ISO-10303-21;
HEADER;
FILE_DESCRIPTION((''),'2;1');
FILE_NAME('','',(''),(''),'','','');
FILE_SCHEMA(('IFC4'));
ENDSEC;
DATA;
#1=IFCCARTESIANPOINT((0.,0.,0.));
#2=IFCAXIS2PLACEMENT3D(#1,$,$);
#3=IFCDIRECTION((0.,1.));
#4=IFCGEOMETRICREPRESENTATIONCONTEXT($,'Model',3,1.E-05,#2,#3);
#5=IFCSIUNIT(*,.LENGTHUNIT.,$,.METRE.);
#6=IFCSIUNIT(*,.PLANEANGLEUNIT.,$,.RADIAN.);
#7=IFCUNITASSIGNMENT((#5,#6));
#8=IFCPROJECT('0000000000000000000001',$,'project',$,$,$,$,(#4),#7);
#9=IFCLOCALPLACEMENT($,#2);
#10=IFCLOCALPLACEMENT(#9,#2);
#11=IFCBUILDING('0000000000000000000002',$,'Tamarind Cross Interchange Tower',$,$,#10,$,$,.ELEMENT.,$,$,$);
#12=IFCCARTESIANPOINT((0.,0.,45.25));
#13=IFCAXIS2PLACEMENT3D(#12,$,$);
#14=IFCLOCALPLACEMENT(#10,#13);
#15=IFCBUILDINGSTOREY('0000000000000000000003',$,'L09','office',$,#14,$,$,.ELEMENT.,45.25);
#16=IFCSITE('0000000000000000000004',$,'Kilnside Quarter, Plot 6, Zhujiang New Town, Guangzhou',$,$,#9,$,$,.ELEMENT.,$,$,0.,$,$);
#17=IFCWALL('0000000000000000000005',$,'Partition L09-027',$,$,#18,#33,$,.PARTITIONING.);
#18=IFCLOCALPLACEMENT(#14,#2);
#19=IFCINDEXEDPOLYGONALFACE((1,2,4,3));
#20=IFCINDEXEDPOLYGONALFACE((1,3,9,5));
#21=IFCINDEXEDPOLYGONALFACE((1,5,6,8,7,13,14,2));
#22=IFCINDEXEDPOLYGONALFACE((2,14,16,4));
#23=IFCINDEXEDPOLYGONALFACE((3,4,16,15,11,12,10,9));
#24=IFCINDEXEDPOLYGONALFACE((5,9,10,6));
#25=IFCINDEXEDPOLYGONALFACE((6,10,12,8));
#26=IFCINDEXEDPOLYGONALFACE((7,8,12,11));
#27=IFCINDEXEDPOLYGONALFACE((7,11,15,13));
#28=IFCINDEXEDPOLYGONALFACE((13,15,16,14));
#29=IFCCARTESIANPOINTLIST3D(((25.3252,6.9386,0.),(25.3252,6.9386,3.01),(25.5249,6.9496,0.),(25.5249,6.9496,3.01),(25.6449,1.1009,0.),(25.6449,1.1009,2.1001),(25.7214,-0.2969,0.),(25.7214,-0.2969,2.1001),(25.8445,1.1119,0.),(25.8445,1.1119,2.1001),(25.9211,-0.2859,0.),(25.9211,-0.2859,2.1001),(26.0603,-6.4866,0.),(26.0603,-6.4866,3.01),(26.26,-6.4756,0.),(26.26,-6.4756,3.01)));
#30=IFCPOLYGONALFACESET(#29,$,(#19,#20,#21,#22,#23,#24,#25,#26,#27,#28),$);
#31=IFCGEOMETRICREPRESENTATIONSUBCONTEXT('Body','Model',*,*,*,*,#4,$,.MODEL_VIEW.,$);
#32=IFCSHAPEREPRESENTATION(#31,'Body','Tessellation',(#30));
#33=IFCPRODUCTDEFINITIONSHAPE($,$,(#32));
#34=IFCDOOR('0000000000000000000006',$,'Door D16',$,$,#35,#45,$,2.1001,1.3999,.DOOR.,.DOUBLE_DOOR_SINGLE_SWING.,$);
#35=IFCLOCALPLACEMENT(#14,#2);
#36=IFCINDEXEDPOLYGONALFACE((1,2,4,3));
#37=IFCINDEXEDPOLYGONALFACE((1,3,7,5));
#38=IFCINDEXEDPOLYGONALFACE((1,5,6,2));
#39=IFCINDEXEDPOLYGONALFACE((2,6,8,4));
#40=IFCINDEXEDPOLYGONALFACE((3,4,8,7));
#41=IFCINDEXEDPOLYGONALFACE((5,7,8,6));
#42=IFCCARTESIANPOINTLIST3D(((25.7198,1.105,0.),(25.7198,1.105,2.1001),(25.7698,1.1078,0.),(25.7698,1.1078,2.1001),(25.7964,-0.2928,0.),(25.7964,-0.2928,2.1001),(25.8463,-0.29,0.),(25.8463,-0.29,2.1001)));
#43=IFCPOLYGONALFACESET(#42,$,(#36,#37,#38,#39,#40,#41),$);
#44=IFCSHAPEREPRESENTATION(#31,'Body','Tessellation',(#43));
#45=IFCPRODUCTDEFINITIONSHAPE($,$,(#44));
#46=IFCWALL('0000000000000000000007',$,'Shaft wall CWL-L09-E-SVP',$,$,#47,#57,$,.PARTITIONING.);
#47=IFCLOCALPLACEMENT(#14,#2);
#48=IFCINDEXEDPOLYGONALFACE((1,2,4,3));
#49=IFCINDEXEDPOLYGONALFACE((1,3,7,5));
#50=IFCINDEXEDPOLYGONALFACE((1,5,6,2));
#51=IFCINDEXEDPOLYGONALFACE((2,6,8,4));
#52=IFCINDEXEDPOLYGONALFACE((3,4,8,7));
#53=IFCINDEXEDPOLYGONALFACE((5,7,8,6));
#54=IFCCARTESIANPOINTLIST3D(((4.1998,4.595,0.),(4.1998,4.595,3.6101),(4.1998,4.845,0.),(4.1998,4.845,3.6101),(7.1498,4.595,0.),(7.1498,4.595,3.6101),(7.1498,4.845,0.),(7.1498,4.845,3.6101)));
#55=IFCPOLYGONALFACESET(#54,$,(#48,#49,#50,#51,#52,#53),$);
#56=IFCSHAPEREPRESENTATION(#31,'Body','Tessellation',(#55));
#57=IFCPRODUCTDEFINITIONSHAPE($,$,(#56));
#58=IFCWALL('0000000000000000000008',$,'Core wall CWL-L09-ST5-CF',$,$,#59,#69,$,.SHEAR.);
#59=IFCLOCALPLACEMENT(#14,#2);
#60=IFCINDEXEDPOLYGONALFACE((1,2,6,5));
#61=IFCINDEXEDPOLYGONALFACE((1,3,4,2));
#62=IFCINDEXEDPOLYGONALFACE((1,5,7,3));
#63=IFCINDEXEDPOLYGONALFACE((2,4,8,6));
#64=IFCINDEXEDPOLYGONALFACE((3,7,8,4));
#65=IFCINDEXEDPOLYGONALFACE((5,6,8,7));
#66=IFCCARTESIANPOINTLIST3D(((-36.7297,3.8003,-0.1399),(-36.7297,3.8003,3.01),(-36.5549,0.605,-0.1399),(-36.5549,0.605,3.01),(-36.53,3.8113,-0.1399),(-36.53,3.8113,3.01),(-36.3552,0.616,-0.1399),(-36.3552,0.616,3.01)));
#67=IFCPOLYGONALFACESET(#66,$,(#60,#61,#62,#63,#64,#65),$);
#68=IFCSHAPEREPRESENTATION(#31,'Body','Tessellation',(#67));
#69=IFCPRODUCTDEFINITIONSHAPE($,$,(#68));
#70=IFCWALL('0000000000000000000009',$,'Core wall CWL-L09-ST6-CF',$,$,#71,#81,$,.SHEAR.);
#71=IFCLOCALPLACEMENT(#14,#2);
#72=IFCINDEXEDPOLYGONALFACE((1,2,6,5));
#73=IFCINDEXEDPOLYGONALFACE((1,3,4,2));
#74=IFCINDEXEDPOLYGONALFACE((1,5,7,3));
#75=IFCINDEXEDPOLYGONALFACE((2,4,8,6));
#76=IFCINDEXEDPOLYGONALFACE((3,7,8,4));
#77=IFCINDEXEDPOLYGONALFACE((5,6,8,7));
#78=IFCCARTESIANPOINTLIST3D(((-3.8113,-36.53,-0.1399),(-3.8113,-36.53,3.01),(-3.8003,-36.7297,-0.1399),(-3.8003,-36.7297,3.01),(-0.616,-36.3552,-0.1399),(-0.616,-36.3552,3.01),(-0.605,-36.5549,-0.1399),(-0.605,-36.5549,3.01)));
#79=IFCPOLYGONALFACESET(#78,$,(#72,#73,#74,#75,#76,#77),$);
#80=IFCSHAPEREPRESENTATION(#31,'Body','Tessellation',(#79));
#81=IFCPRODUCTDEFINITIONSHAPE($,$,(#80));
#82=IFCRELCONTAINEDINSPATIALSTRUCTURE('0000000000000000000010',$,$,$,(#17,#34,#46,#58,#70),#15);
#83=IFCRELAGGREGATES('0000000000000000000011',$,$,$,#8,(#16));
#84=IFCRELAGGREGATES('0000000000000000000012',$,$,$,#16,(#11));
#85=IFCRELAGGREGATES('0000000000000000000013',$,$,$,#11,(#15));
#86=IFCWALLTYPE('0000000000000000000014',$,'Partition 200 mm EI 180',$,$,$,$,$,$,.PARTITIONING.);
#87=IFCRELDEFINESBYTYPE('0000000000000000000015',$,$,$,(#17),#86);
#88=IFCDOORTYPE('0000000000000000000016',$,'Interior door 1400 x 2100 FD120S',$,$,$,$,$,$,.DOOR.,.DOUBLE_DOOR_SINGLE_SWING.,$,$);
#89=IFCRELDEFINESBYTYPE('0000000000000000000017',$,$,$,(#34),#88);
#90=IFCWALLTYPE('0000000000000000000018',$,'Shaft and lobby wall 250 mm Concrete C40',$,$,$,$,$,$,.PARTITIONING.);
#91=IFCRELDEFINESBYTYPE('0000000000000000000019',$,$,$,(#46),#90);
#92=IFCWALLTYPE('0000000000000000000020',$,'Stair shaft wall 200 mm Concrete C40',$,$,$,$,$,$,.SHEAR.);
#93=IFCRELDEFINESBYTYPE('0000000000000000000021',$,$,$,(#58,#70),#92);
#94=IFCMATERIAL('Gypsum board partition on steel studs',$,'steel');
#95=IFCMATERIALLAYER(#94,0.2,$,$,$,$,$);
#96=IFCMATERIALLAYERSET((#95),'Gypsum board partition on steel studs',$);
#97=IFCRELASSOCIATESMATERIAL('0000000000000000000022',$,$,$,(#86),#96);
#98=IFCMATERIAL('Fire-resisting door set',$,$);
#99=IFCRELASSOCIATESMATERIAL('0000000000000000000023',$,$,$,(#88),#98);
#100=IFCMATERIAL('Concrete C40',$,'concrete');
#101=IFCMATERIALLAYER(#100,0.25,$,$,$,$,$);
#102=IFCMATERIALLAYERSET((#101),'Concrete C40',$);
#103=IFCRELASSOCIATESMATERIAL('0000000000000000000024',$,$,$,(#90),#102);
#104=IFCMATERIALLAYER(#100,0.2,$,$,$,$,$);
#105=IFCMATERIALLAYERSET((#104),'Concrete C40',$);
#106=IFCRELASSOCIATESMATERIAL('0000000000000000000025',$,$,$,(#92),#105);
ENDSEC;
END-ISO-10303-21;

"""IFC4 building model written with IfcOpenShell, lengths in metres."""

from ifc_helpers import new_model, si_unit, direction, frame, frame_2d, origin, place, context, subcontext, project, spatial, polyline, rectangle, outline, extrude, material, layer, layer_set, type_object, element, fill, save


model = new_model("IFC4")

# Units and contexts
model_context = context("Model", 3, precision=1e-05, world=origin(), true_north=direction((0.0, 1.0)))
body_context = subcontext(model_context, "Body", "Model", "MODEL_VIEW")
ifc_project = project(units=[si_unit("LENGTHUNIT", "METRE"), si_unit("PLANEANGLEUNIT", "RADIAN")], contexts=[model_context])

# Site, building, storey
site_placement = place(None, origin())
site = spatial("IfcSite", under=ifc_project, at=site_placement, Name="Kilnside Quarter, Plot 6, Zhujiang New Town, Guangzhou", CompositionType="ELEMENT", RefElevation=0.0)
building_placement = place(site_placement, origin())
building = spatial("IfcBuilding", under=site, at=building_placement, Name="Tamarind Cross Interchange Tower", CompositionType="ELEMENT")
storey_placement = place(building_placement, frame((0.0, 0.0, 45.25)))
storey = spatial("IfcBuildingStorey", under=building, at=storey_placement, Name="L09", Description="office", CompositionType="ELEMENT", Elevation=45.25)

# Shared definitions
ifc_material_1 = material(Name="Concrete C40", Category="concrete")

# Shared definitions
ifc_material_2 = material(Name="Gypsum board partition on steel studs", Category="steel")

# Shared definitions
ifc_material_3 = material(Name="Fire-resisting door set")

# Wall, opening, door
ifc_layer_1 = layer(ifc_material_2, 0.2)
ifc_layer_set_1 = layer_set([ifc_layer_1], Name="Gypsum board partition on steel studs")
wall_type_1 = type_object("IfcWallType", Name="Partition 200 mm EI 180", PredefinedType="PARTITIONING", material=ifc_layer_set_1)
wall_1_placement = place(storey_placement, frame((25.425, 6.9441, 0.0), z_axis=(0.0, 0.0, 1.0), x_axis=(0.054674, -0.998504, 0.0)))
wall_1 = element("IfcWall", 1, at=wall_1_placement, inside=storey, type_object=wall_type_1, Name="Partition L09-027", PredefinedType="PARTITIONING", context=body_context, shape_type="SweptSolid", body=[
    extrude(rectangle(XDim=13.4453, YDim=0.2, at=frame_2d((6.7227, 0.0))), origin(), (0.0, 0.0, 1.0), 3.01),
])
opening_1_placement = place(wall_1_placement, frame((5.8464, 0.0, 0.0)))
opening_1 = element("IfcOpeningElement", 2, at=opening_1_placement, cuts=wall_1, PredefinedType="OPENING", context=body_context, shape_type="SweptSolid", body=[
    extrude(rectangle(XDim=1.3999, YDim=2.1001, at=frame_2d((0.7, 1.05))), frame((0.0, 0.1099, 0.0), z_axis=(0.0, -1.0, 0.0), x_axis=(1.0, 0.0, 0.0)), (0.0, 0.0, 1.0), 0.22),
])
door_type_1 = type_object("IfcDoorType", Name="Interior door 1400 x 2100 FD120S", OperationType="DOUBLE_DOOR_SINGLE_SWING", PredefinedType="DOOR", material=ifc_material_3)
door_1_placement = place(opening_1_placement, frame((1.3999, 0.0, 0.0), z_axis=(0.0, 0.0, 1.0), x_axis=(-1.0, 0.0, 0.0)))
door_1 = element("IfcDoor", 3, at=door_1_placement, inside=storey, type_object=door_type_1, Name="Door D16", OperationType="DOUBLE_DOOR_SINGLE_SWING", OverallHeight=2.1001, OverallWidth=1.3999, PredefinedType="DOOR", context=body_context, shape_type="SweptSolid", body=[
    extrude(rectangle(XDim=1.3999, YDim=2.1001, at=frame_2d((0.7, 1.05))), frame((0.0, 0.0249, 0.0), z_axis=(0.0, -1.0, 0.0), x_axis=(1.0, 0.0, 0.0)), (0.0, 0.0, 1.0), 0.05),
])
fill(opening_1, door_1)

# Walls
ifc_layer_2 = layer(ifc_material_1, 0.25)
ifc_layer_set_2 = layer_set([ifc_layer_2], Name="Concrete C40")
wall_type_2 = type_object("IfcWallType", Name="Shaft and lobby wall 250 mm Concrete C40", PredefinedType="PARTITIONING", material=ifc_layer_set_2)
wall_2_placement = place(storey_placement, frame((7.1499, 4.72, 0.0), z_axis=(0.0, 0.0, 1.0), x_axis=(-1.0, 0.0, 0.0)))
element("IfcWall", 4, at=wall_2_placement, inside=storey, type_object=wall_type_2, Name="Shaft wall CWL-L09-E-SVP", PredefinedType="PARTITIONING", context=body_context, shape_type="SweptSolid", body=[
    extrude(rectangle(XDim=2.95, YDim=0.25, at=frame_2d((1.4751, 0.0))), origin(), (0.0, 0.0, 1.0), 3.6101),
])
ifc_layer_3 = layer(ifc_material_1, 0.2)
ifc_layer_set_3 = layer_set([ifc_layer_3], Name="Concrete C40")
wall_type_3 = type_object("IfcWallType", Name="Stair shaft wall 200 mm Concrete C40", PredefinedType="SHEAR", material=ifc_layer_set_3)
wall_3_placement = place(storey_placement, frame((0.0, 0.0, -0.1399)))
element("IfcWall", 5, at=wall_3_placement, inside=storey, type_object=wall_type_3, Name="Core wall CWL-L09-ST5-CF", PredefinedType="SHEAR", context=body_context, shape_type="SweptSolid", body=[
    extrude(outline(polyline([(-36.53, 3.8113), (-36.7297, 3.8003), (-36.5549, 0.605), (-36.3552, 0.616), (-36.53, 3.8113)])), origin(), (0.0, 0.0, 1.0), 3.1499),
])
wall_4_placement = place(storey_placement, frame((0.0, 0.0, -0.1399)))
element("IfcWall", 6, at=wall_4_placement, inside=storey, type_object=wall_type_3, Name="Core wall CWL-L09-ST6-CF", PredefinedType="SHEAR", context=body_context, shape_type="SweptSolid", body=[
    extrude(outline(polyline([(-3.8113, -36.53), (-3.8003, -36.7297), (-0.605, -36.5549), (-0.616, -36.3552), (-3.8113, -36.53)])), origin(), (0.0, 0.0, 1.0), 3.1499),
])

save(model, "model.ifc")
